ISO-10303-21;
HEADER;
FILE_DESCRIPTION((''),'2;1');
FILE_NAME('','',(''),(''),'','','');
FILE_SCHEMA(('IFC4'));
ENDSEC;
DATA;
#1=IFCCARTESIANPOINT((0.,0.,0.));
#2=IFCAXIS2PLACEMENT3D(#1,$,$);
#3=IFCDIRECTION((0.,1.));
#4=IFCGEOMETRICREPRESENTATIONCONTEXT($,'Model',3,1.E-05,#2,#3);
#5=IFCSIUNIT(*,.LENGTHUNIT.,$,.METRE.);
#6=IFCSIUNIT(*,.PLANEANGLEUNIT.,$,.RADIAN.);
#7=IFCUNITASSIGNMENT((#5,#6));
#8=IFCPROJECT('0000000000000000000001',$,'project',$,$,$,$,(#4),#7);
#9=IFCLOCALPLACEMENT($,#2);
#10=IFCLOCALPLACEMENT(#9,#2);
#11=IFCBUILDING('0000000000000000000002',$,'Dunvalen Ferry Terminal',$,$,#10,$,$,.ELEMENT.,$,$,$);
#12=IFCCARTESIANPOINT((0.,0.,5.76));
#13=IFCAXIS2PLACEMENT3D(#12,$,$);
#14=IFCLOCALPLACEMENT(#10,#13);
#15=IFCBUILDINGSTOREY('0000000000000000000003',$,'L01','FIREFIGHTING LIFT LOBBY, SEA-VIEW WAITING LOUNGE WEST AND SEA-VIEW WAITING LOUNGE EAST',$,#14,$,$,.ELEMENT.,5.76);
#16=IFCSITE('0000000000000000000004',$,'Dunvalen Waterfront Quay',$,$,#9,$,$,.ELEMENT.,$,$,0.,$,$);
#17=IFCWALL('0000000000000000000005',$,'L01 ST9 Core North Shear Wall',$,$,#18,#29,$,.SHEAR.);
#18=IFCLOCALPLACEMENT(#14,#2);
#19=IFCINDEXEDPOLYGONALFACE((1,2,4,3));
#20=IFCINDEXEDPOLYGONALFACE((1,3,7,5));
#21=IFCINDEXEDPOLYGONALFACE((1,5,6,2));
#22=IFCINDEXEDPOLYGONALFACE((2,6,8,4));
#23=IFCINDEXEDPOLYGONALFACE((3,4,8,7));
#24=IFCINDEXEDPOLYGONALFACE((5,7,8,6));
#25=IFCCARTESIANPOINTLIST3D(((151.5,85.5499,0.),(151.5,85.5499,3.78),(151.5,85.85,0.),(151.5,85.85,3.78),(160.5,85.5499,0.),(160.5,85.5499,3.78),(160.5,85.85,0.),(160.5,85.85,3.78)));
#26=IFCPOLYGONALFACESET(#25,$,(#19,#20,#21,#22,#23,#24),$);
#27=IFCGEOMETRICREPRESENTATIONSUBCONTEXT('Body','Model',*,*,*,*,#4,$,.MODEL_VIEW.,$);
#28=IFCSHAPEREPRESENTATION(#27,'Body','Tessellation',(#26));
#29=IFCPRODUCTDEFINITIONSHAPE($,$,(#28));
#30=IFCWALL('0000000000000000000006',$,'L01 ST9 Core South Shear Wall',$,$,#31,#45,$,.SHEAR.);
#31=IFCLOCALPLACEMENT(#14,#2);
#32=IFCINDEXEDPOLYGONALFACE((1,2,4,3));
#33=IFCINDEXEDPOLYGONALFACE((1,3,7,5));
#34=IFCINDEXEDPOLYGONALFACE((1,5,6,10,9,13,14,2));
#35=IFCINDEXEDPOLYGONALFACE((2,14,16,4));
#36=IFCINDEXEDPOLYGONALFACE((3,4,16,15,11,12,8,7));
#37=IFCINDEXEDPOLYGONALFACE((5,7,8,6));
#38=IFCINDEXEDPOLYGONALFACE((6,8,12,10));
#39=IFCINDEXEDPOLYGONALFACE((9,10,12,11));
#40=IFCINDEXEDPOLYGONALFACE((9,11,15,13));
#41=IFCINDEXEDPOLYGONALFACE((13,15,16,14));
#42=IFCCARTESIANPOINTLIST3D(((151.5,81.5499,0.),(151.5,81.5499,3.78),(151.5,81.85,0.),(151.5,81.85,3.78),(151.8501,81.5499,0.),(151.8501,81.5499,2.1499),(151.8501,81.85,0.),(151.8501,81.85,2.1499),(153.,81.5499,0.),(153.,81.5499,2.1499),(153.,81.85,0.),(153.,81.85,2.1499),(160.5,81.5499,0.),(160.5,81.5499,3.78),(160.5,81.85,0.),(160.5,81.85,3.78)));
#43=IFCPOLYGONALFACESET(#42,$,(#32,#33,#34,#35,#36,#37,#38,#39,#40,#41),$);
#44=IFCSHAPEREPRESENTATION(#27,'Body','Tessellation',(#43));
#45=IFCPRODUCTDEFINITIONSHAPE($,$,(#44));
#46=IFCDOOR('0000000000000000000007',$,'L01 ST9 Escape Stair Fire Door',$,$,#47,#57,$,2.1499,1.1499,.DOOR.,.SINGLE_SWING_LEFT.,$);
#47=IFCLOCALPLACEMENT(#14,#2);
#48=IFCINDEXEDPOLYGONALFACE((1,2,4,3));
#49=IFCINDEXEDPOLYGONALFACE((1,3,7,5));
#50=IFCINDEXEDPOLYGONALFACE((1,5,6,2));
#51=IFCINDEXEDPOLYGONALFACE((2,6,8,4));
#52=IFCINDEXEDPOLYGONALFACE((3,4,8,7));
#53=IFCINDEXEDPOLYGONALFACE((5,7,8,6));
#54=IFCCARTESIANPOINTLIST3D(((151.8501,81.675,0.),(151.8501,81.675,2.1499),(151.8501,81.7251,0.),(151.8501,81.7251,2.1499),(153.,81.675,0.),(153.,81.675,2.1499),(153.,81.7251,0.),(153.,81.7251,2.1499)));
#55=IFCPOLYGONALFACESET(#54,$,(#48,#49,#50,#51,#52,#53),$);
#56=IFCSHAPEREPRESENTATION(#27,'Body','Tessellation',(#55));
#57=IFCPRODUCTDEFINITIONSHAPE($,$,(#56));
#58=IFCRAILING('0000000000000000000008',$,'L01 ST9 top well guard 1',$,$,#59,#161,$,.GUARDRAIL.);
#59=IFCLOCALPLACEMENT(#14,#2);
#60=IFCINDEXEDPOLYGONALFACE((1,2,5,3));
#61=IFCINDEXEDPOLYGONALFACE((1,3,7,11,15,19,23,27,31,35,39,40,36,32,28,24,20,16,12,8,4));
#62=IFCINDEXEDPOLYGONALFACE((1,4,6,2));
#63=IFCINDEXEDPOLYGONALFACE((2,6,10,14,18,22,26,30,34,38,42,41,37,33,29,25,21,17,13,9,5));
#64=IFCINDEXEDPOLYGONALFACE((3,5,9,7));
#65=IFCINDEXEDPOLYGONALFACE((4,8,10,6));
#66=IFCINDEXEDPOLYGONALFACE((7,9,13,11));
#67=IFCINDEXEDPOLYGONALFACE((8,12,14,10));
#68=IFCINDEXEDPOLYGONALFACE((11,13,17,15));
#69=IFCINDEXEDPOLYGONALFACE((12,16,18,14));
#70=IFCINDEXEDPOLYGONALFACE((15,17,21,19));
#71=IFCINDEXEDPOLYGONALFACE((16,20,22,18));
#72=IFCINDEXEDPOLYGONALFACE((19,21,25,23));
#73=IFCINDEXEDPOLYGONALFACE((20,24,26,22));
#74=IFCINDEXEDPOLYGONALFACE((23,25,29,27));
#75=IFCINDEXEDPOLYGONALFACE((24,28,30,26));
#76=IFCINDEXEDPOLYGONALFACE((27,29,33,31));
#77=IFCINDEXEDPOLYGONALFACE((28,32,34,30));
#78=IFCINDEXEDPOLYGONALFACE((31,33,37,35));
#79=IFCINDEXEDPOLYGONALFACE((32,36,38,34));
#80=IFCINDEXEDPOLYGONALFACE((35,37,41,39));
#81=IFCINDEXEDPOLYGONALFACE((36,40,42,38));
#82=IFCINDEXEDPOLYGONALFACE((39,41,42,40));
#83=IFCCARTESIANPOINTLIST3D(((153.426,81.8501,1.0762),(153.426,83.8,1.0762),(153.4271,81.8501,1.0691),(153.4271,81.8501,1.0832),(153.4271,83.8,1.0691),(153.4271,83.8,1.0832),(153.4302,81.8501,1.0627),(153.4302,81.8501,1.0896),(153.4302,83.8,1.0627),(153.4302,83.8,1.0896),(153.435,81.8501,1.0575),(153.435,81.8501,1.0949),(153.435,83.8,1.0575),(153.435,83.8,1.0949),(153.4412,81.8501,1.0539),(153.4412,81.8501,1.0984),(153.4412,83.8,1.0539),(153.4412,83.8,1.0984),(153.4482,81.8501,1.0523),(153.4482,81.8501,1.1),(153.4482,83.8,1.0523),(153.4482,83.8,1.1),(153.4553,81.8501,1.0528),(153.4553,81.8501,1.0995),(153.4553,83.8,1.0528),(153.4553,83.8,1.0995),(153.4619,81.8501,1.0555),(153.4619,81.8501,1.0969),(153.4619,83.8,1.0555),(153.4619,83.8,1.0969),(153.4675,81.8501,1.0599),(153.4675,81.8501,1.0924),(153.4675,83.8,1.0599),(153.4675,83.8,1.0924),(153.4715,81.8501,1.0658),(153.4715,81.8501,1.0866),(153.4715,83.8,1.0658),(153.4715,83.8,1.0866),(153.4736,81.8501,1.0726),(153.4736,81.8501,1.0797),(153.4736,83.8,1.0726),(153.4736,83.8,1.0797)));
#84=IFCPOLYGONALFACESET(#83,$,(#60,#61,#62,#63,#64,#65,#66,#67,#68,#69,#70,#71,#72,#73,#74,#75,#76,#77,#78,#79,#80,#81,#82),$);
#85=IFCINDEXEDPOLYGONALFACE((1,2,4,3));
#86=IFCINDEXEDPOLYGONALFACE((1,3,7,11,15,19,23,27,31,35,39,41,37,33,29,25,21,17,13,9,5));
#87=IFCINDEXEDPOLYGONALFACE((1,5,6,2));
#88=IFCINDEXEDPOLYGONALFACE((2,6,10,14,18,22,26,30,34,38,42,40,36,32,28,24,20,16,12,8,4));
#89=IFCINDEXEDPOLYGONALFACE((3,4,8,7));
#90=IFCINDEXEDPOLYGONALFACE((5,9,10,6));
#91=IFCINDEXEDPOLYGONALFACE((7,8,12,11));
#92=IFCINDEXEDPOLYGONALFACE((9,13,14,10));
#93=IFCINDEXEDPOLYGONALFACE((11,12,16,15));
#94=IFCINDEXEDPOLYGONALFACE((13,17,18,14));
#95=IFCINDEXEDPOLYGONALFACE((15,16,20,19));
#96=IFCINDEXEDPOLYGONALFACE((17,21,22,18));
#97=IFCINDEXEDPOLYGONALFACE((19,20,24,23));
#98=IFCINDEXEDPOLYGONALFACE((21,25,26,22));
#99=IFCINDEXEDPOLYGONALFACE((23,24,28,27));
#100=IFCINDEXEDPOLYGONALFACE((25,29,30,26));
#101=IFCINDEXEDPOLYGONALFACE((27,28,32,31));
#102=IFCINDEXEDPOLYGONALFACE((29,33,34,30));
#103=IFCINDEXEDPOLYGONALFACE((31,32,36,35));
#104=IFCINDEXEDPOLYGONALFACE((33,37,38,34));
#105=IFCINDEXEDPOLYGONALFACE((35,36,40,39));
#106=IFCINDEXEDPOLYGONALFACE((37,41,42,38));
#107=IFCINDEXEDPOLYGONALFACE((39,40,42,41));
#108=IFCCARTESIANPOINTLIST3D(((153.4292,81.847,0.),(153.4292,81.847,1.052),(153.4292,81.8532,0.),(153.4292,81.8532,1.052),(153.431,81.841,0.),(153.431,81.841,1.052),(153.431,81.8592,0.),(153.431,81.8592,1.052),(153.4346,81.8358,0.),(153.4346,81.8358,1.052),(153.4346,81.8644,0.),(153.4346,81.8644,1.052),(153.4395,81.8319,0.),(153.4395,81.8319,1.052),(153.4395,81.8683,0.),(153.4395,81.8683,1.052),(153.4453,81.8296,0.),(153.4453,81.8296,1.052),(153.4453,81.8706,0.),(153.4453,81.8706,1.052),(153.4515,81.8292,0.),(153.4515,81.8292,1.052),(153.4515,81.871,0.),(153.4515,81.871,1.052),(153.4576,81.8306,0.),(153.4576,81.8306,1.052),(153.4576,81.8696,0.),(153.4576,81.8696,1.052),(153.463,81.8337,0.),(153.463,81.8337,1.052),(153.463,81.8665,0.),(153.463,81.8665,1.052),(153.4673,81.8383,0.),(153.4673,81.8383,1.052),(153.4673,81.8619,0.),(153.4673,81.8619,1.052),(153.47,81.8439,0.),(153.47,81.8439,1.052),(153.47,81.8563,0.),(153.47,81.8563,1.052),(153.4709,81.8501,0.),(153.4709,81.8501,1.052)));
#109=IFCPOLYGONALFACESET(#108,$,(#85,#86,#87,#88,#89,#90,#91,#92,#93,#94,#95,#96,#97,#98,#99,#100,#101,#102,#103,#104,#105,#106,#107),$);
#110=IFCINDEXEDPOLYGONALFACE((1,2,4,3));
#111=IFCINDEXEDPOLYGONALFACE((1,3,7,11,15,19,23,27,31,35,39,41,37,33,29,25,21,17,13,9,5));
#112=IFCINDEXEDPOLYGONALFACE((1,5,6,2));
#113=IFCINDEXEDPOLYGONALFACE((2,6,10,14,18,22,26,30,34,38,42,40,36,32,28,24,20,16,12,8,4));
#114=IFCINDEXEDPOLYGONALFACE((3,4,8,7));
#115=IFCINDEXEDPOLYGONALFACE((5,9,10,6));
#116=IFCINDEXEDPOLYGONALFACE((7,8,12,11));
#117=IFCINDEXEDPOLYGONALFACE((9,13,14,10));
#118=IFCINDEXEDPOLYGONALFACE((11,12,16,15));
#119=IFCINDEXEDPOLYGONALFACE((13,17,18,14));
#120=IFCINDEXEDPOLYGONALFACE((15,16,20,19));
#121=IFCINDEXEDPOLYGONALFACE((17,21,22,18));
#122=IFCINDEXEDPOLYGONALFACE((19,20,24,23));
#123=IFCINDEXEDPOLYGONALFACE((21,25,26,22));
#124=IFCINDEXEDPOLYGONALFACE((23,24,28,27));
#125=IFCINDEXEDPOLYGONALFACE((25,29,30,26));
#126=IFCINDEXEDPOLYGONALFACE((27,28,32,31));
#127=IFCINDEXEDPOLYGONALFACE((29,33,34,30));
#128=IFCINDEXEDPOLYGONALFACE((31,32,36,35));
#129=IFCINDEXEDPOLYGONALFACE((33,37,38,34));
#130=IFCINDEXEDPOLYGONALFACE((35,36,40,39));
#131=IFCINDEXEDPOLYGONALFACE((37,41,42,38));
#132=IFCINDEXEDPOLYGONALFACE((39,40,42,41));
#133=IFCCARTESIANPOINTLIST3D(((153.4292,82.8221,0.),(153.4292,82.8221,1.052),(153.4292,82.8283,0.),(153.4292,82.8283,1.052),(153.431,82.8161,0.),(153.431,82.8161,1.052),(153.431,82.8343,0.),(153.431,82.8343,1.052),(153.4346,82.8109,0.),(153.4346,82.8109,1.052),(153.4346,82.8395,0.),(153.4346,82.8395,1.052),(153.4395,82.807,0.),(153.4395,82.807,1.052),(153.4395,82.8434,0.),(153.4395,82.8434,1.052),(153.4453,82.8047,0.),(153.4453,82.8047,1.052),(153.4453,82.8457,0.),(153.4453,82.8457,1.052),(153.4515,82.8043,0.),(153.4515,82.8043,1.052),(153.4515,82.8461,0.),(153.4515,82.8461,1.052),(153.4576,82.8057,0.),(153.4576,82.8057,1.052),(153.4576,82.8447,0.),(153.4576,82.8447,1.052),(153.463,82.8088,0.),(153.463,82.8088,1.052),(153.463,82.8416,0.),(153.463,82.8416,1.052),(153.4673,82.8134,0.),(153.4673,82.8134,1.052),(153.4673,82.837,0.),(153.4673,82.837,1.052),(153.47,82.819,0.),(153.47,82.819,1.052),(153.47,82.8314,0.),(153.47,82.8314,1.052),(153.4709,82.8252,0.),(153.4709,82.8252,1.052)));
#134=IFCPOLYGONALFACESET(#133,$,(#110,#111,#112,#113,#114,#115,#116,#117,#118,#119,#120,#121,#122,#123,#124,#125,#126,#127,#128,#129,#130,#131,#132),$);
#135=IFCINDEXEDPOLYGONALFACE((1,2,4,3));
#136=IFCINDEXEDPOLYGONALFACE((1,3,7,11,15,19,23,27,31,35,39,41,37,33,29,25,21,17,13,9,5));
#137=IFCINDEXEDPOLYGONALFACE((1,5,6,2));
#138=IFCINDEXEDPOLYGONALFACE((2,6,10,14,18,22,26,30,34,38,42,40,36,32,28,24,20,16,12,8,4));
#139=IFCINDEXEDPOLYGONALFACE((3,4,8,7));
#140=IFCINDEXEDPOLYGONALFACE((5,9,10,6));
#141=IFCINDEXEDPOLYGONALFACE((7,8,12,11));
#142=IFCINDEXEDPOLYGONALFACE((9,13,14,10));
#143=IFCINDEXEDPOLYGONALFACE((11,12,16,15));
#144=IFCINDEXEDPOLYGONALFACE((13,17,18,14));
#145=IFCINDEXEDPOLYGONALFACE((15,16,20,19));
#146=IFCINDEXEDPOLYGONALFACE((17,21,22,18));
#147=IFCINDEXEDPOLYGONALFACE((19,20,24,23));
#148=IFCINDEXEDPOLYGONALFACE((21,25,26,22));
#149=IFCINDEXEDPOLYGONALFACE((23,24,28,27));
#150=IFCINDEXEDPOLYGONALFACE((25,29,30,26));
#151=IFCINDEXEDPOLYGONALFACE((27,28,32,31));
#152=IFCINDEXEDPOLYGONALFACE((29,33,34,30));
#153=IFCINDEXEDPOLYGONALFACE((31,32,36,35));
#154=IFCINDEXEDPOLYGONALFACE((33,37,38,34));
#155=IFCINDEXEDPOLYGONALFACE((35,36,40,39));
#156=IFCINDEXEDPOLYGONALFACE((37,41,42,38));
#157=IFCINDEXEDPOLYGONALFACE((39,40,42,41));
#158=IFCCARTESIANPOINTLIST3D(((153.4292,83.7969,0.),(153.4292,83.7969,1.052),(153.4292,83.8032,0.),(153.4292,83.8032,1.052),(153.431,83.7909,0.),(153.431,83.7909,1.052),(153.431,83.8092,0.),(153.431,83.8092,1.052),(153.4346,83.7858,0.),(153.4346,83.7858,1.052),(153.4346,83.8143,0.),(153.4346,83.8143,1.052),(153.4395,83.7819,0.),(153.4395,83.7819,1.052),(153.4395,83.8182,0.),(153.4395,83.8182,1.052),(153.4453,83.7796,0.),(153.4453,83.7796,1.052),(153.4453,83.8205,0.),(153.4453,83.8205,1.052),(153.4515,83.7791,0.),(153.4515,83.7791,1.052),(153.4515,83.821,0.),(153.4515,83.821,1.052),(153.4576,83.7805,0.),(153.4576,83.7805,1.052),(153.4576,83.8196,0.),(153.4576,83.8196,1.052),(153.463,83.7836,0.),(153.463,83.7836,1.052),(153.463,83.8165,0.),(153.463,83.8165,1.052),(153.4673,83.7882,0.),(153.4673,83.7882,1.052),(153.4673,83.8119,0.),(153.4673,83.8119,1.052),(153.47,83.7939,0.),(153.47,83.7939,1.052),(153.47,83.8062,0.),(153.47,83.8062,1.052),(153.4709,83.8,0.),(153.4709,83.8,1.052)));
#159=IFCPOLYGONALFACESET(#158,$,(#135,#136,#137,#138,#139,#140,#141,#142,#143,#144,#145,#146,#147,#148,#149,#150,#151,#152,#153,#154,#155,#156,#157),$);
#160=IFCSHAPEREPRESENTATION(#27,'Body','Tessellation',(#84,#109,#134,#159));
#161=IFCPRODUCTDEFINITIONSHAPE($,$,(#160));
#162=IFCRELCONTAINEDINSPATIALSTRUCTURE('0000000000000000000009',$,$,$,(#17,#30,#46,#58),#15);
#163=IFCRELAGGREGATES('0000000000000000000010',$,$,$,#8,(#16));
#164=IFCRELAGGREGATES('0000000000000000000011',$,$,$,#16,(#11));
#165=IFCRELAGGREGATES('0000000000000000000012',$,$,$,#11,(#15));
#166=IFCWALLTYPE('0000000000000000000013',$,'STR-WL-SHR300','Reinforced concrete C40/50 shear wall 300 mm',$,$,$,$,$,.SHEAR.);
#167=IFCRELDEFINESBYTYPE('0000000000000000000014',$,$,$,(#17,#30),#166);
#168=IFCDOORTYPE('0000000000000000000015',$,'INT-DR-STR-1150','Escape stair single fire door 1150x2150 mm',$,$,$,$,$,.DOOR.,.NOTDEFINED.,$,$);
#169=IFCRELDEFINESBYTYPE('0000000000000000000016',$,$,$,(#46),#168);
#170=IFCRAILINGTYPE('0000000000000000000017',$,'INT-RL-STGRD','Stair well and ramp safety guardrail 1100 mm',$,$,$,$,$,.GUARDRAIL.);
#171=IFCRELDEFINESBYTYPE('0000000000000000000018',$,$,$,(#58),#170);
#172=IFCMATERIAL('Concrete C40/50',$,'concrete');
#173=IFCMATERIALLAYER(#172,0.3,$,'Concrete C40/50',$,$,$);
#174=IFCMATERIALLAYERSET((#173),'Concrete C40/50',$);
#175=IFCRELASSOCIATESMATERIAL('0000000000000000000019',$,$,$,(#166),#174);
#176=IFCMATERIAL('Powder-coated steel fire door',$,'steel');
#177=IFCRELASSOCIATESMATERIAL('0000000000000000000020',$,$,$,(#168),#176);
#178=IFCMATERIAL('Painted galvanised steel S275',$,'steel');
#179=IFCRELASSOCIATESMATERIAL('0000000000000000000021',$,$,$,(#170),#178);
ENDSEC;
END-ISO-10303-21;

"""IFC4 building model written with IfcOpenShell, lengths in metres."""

from ifc_helpers import new_model, si_unit, direction, frame, frame_2d, origin, origin_2d, place, context, subcontext, project, spatial, rectangle, circle, extrude, material, layer, layer_set, type_object, element, fill, save


model = new_model("IFC4")

# Units and contexts
model_context = context("Model", 3, precision=1e-05, world=origin(), true_north=direction((0.0, 1.0)))
body_context = subcontext(model_context, "Body", "Model", "MODEL_VIEW")
ifc_project = project(units=[si_unit("LENGTHUNIT", "METRE"), si_unit("PLANEANGLEUNIT", "RADIAN")], contexts=[model_context])

# Site, building, storey
site_placement = place(None, origin())
site = spatial("IfcSite", under=ifc_project, at=site_placement, Name="Dunvalen Waterfront Quay", CompositionType="ELEMENT", RefElevation=0.0)
building_placement = place(site_placement, origin())
building = spatial("IfcBuilding", under=site, at=building_placement, Name="Dunvalen Ferry Terminal", CompositionType="ELEMENT")
storey_placement = place(building_placement, frame((0.0, 0.0, 5.76)))
storey = spatial("IfcBuildingStorey", under=building, at=storey_placement, Name="L01", Description="FIREFIGHTING LIFT LOBBY, SEA-VIEW WAITING LOUNGE WEST AND SEA-VIEW WAITING LOUNGE EAST", CompositionType="ELEMENT", Elevation=5.76)

# Shared definitions
ifc_material_1 = material(Name="Concrete C40/50", Category="concrete")

# Wall
ifc_layer_1 = layer(ifc_material_1, 0.3, Name="Concrete C40/50")
ifc_layer_set_1 = layer_set([ifc_layer_1], Name="Concrete C40/50")
wall_type = type_object("IfcWallType", Name="STR-WL-SHR300", Description="Reinforced concrete C40/50 shear wall 300 mm", PredefinedType="SHEAR", material=ifc_layer_set_1)
wall_1_placement = place(storey_placement, frame((151.5, 85.7, 0.0), z_axis=(0.0, 0.0, 1.0), x_axis=(1.0, 0.0, 0.0)))
element("IfcWall", 1, at=wall_1_placement, inside=storey, type_object=wall_type, Name="L01 ST9 Core North Shear Wall", PredefinedType="SHEAR", context=body_context, shape_type="SweptSolid", body=[
    extrude(rectangle(XDim=9.0, YDim=0.3, at=frame_2d((4.5, 0.0))), origin(), (0.0, 0.0, 1.0), 3.78),
])

# Wall, opening, door
wall_2_placement = place(storey_placement, frame((151.5, 81.7, 0.0), z_axis=(0.0, 0.0, 1.0), x_axis=(1.0, 0.0, 0.0)))
wall_2 = element("IfcWall", 2, at=wall_2_placement, inside=storey, type_object=wall_type, Name="L01 ST9 Core South Shear Wall", PredefinedType="SHEAR", context=body_context, shape_type="SweptSolid", body=[
    extrude(rectangle(XDim=9.0, YDim=0.3, at=frame_2d((4.5, 0.0))), origin(), (0.0, 0.0, 1.0), 3.78),
])
opening_placement = place(wall_2_placement, frame((0.3501, 0.0, 0.0)))
opening = element("IfcOpeningElement", 3, at=opening_placement, cuts=wall_2, PredefinedType="OPENING", context=body_context, shape_type="SweptSolid", body=[
    extrude(rectangle(XDim=1.1499, YDim=2.1499, at=frame_2d((0.575, 1.075))), frame((0.0, 0.1602, 0.0), z_axis=(0.0, -1.0, 0.0), x_axis=(1.0, 0.0, 0.0)), (0.0, 0.0, 1.0), 0.3201),
])
ifc_material_2 = material(Name="Powder-coated steel fire door", Category="steel")
door_type = type_object("IfcDoorType", Name="INT-DR-STR-1150", Description="Escape stair single fire door 1150x2150 mm", OperationType="NOTDEFINED", PredefinedType="DOOR", material=ifc_material_2)
door_placement = place(opening_placement, frame((1.1499, 0.0, 0.0), z_axis=(0.0, 0.0, 1.0), x_axis=(-1.0, 0.0, 0.0)))
door = element("IfcDoor", 4, at=door_placement, inside=storey, type_object=door_type, Name="L01 ST9 Escape Stair Fire Door", OperationType="SINGLE_SWING_LEFT", OverallHeight=2.1499, OverallWidth=1.1499, PredefinedType="DOOR", context=body_context, shape_type="SweptSolid", body=[
    extrude(rectangle(XDim=1.1499, YDim=2.1499, at=frame_2d((0.575, 1.075))), frame((0.0, 0.0249, 0.0), z_axis=(0.0, -1.0, 0.0), x_axis=(1.0, 0.0, 0.0)), (0.0, 0.0, 1.0), 0.05),
])
fill(opening, door)

# Railing
ifc_material_3 = material(Name="Painted galvanised steel S275", Category="steel")
railing_type = type_object("IfcRailingType", Name="INT-RL-STGRD", Description="Stair well and ramp safety guardrail 1100 mm", PredefinedType="GUARDRAIL", material=ifc_material_3)
railing_placement = place(storey_placement, frame((153.45, 81.8501, 0.0)))
element("IfcRailing", 5, at=railing_placement, inside=storey, type_object=railing_type, Name="L01 ST9 top well guard 1", PredefinedType="GUARDRAIL", context=body_context, shape_type="SweptSolid", body=[
    extrude(circle(Radius=0.0239, at=origin_2d()), frame((0.0, 0.0, 1.0762), z_axis=(0.0, 1.0, 0.0), x_axis=(-1.0, 0.0, 0.0)), (0.0, 0.0, 1.0), 1.95),
    extrude(circle(Radius=0.021, at=origin_2d()), origin(), (0.0, 0.0, 1.0), 1.052),
    extrude(circle(Radius=0.021, at=origin_2d()), frame((0.0, 0.9751, 0.0)), (0.0, 0.0, 1.0), 1.052),
    extrude(circle(Radius=0.021, at=origin_2d()), frame((0.0, 1.95, 0.0)), (0.0, 0.0, 1.0), 1.052),
])

save(model, "model.ifc")
